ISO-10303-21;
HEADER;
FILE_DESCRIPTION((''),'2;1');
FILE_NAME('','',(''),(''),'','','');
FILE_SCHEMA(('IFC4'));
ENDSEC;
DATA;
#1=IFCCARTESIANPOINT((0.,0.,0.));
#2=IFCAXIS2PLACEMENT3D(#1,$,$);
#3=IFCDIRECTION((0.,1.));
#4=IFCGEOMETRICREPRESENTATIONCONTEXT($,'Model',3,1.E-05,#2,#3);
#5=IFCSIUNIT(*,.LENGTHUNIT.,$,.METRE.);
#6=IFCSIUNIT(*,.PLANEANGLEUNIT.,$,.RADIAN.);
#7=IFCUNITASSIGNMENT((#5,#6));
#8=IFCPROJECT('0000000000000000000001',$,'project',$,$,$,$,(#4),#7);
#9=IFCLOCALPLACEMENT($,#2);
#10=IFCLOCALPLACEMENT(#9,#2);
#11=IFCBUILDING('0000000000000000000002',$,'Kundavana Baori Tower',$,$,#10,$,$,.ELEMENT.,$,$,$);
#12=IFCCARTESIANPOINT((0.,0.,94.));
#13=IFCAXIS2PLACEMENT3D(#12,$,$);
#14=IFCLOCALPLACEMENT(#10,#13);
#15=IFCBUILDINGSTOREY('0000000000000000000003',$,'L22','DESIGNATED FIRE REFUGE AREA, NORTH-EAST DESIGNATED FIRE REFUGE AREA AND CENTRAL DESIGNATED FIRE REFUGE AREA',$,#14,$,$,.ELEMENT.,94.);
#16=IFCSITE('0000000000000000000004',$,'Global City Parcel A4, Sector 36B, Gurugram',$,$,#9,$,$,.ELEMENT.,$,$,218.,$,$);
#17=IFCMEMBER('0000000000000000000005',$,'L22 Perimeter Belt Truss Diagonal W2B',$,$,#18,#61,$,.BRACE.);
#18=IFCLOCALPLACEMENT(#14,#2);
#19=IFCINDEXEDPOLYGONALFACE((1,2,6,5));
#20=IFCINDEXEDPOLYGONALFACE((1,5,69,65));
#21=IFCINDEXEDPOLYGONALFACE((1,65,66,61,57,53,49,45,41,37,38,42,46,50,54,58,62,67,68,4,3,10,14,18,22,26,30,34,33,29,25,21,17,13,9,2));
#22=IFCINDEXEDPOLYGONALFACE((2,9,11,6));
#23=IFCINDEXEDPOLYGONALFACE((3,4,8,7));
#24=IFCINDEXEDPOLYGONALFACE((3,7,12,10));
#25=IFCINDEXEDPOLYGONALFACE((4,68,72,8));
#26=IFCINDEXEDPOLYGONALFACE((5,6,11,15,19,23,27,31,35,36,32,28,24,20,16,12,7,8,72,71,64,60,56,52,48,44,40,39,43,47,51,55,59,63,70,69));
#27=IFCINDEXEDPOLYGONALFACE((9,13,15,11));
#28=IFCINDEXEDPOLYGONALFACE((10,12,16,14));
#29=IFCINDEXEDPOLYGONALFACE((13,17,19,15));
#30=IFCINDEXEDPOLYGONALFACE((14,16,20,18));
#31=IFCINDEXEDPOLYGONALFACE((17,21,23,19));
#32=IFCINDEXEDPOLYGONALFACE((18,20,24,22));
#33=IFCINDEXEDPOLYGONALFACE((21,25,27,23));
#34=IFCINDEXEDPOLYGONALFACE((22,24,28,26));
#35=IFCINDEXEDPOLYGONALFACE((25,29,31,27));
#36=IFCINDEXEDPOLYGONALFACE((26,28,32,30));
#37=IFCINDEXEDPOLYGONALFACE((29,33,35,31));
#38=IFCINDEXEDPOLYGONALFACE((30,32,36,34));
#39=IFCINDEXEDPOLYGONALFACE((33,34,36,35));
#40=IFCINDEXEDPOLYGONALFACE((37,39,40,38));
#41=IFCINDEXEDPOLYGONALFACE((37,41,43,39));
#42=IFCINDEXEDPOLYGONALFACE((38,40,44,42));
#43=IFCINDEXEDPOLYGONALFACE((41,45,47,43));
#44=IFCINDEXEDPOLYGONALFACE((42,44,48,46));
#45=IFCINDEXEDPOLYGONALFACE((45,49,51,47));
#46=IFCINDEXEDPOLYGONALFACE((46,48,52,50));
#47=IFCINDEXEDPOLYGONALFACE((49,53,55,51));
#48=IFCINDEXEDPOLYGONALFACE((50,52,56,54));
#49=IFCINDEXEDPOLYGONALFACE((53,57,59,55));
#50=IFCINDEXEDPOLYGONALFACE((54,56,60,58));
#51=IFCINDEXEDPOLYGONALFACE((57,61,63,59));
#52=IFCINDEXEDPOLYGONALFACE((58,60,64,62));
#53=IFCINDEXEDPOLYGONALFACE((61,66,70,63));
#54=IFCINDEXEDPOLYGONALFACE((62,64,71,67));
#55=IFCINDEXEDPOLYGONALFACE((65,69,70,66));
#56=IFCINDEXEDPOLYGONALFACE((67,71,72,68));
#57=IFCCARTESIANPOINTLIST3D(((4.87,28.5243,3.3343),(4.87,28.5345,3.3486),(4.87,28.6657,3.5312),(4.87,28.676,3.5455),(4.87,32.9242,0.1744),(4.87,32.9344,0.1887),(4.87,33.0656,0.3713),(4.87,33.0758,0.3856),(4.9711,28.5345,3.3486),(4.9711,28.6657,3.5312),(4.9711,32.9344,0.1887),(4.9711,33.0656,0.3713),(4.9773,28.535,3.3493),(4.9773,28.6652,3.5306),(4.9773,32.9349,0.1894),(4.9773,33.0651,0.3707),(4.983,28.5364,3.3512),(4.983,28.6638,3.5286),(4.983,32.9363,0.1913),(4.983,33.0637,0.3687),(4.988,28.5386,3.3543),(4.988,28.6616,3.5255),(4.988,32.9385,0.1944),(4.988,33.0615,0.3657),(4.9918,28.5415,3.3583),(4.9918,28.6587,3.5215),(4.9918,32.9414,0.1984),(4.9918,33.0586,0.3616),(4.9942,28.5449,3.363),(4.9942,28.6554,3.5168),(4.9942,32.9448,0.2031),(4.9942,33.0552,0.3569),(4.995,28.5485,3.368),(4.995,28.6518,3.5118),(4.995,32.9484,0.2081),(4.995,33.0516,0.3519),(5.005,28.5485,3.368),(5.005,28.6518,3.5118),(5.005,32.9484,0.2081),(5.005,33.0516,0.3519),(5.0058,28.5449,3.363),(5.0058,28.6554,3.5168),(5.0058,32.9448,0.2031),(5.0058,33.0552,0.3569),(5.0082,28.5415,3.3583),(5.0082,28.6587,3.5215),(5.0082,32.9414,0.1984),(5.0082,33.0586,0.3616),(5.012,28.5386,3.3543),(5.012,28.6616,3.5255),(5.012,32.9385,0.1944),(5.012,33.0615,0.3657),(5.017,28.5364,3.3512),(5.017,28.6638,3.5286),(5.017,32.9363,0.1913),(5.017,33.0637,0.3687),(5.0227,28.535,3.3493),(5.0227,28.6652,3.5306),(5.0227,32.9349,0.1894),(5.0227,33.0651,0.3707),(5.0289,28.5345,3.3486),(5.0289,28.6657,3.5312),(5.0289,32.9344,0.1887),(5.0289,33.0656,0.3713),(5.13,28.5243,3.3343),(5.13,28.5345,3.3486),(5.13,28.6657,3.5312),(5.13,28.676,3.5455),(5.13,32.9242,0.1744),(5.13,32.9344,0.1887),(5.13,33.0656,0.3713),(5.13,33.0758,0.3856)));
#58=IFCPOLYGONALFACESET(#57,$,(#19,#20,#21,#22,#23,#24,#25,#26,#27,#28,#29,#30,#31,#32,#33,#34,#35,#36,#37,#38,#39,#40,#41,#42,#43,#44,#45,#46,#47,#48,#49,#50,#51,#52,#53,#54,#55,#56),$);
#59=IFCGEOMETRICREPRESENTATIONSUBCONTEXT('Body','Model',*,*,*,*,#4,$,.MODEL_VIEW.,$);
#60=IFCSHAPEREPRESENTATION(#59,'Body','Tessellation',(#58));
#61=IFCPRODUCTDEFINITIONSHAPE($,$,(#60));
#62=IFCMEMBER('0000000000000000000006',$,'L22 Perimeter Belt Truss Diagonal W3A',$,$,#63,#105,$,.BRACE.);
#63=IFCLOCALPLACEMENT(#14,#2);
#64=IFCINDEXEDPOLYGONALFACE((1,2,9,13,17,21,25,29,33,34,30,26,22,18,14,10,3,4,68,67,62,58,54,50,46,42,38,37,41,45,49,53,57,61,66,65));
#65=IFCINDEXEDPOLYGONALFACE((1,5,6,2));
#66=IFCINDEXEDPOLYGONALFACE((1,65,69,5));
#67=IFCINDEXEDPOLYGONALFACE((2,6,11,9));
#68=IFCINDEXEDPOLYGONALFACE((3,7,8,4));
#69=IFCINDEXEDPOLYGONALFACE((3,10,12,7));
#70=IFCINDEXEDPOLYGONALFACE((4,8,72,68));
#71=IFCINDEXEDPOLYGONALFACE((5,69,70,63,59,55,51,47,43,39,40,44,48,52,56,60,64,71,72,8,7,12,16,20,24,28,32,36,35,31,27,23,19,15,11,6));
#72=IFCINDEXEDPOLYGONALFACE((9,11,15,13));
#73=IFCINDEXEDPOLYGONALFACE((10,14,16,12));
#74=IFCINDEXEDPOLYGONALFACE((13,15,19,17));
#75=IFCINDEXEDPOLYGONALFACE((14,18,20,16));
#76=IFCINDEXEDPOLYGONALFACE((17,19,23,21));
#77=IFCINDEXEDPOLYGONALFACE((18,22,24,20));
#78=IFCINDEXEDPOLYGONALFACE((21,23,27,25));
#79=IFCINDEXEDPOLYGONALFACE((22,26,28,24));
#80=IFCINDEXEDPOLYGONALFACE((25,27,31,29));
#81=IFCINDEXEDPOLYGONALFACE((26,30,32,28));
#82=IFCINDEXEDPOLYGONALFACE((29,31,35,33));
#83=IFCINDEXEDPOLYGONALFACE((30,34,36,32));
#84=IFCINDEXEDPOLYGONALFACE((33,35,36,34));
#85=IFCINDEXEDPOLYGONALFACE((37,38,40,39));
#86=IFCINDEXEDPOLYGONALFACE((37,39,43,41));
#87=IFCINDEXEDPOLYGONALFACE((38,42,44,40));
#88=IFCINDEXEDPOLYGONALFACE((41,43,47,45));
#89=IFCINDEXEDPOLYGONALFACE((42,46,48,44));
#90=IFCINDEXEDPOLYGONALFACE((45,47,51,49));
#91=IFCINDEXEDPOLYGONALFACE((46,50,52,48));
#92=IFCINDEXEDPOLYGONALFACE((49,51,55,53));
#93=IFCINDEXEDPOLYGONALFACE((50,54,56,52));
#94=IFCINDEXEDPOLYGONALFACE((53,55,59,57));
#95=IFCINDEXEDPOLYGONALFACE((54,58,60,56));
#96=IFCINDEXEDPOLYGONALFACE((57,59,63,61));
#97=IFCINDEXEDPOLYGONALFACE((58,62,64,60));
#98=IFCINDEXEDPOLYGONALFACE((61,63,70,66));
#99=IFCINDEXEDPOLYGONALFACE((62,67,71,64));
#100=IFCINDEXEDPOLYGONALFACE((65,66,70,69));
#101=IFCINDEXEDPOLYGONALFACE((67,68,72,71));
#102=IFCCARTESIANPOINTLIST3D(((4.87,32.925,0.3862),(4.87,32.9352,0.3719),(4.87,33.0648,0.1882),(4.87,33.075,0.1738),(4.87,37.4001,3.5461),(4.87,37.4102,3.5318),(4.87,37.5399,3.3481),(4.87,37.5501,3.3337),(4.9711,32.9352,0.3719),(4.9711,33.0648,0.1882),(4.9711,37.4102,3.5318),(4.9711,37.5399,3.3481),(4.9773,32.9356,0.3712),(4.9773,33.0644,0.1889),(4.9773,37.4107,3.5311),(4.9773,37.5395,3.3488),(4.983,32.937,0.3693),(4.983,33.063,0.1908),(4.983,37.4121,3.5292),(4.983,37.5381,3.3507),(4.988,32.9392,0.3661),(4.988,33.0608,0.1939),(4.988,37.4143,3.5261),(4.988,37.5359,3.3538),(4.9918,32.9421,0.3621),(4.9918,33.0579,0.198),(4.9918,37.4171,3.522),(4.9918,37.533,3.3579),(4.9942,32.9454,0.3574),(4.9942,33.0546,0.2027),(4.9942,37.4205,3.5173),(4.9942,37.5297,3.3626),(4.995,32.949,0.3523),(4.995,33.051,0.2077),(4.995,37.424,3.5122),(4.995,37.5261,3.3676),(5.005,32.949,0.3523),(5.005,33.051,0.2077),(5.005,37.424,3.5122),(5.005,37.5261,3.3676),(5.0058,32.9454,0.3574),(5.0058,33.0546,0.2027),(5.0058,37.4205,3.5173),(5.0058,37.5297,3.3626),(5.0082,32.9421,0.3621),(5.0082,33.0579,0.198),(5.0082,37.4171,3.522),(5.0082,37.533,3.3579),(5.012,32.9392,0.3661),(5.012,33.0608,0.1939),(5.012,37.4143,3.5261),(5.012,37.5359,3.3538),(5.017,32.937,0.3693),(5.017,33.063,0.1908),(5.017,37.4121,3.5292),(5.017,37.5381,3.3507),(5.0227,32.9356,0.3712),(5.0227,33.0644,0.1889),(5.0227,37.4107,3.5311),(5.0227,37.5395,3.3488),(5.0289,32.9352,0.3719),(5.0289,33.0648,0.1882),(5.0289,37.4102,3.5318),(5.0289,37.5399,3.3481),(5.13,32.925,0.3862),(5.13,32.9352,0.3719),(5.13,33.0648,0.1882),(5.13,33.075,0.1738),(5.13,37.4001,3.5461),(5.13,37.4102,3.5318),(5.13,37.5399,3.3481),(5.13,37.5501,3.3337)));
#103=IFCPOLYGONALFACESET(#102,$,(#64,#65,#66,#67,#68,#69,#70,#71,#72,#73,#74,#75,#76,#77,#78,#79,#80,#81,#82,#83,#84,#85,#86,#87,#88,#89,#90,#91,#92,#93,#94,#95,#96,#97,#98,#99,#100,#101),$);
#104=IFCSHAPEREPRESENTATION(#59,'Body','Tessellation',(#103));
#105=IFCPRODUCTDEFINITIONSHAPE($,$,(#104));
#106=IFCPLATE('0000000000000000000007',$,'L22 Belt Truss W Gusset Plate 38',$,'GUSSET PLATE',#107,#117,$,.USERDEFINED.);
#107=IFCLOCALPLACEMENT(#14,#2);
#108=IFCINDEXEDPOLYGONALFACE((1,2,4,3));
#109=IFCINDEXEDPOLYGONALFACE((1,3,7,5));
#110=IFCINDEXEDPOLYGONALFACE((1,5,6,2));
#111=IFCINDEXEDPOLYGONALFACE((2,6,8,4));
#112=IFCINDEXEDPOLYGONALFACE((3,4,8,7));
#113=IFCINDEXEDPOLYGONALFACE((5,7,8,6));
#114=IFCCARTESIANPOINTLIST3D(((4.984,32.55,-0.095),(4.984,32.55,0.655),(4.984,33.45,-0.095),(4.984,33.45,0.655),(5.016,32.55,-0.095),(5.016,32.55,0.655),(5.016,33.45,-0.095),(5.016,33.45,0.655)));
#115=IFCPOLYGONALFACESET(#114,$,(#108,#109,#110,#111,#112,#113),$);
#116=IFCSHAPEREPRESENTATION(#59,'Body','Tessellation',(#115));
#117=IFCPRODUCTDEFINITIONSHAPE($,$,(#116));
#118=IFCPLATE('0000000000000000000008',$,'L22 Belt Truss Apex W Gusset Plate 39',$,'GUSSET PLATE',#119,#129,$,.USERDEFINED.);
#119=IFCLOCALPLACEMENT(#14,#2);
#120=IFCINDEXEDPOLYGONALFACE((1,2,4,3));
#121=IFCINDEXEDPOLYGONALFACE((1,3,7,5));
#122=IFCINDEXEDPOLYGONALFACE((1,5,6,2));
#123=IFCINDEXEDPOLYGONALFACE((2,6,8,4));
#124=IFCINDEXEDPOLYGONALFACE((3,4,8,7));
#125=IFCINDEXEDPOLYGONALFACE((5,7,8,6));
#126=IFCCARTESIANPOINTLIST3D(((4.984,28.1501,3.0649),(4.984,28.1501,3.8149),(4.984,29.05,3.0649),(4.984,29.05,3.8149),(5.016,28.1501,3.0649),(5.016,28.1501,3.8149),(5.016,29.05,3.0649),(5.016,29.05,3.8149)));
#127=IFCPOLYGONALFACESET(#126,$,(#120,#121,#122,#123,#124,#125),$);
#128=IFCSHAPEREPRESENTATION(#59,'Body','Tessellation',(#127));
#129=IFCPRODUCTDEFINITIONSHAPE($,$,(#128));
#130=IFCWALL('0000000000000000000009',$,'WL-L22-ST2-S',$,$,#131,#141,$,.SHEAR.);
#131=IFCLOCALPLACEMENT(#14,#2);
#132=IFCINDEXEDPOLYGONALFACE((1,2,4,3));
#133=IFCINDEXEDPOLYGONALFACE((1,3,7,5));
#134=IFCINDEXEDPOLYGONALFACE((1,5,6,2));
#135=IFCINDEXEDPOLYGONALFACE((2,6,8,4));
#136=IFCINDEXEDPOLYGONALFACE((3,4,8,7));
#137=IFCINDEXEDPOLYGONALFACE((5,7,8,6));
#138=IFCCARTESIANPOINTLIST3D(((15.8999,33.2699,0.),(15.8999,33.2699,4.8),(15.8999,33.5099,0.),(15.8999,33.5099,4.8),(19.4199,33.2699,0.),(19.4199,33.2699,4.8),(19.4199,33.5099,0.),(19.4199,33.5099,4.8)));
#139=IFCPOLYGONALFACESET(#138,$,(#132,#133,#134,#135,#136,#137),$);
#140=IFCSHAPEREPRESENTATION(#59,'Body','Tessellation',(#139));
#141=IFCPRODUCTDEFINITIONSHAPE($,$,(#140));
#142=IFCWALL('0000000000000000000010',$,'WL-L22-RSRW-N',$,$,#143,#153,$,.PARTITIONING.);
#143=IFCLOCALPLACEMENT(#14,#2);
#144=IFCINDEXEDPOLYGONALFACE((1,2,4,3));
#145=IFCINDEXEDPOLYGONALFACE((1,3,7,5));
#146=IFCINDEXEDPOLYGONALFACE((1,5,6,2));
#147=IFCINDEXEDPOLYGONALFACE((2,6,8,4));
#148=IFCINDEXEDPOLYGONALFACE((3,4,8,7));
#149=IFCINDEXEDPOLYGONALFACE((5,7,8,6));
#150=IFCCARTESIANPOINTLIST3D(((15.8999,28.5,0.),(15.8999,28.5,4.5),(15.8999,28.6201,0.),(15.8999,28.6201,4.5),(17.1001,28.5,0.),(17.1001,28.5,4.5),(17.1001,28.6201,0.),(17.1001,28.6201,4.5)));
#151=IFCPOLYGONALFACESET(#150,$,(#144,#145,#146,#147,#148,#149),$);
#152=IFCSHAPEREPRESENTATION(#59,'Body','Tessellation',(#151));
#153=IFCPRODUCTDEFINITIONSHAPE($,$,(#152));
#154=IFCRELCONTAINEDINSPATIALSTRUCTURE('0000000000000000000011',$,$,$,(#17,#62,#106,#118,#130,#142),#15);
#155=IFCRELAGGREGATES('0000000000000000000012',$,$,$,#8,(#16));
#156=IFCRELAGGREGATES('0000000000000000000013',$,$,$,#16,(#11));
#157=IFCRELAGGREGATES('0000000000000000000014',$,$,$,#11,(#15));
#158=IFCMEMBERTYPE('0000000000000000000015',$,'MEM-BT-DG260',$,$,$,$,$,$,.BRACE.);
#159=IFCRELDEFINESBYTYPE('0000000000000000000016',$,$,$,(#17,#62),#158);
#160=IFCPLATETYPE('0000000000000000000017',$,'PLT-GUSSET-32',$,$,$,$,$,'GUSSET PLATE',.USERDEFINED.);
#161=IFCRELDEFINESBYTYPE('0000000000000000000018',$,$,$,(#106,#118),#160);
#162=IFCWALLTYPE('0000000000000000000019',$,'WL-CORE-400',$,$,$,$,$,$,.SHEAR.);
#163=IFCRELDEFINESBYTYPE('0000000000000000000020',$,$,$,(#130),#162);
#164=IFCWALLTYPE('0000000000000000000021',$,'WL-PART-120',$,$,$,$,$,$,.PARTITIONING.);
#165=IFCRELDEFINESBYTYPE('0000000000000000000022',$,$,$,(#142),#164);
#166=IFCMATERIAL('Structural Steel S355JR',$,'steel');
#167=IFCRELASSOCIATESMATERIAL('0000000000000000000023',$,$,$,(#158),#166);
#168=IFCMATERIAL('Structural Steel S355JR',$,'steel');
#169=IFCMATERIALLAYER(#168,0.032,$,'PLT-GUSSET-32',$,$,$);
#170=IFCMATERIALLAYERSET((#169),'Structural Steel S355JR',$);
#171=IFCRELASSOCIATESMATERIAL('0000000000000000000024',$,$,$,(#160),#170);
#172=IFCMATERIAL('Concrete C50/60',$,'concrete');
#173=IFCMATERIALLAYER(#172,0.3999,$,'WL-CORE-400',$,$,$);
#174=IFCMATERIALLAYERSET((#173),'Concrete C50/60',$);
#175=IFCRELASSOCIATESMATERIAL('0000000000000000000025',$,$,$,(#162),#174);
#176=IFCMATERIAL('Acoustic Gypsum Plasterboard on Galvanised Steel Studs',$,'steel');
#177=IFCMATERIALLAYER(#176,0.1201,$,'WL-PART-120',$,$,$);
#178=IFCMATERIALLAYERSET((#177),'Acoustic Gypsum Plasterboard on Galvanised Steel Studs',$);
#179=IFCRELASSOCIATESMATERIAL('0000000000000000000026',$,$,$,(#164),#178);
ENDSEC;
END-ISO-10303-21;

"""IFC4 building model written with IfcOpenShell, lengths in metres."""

from ifc_helpers import new_model, si_unit, direction, frame, frame_2d, origin, origin_2d, place, context, subcontext, project, spatial, rectangle, i_section, extrude, material, layer, layer_set, material_profile, profile_set, type_object, element, save


model = new_model("IFC4")

# Units and contexts
model_context = context("Model", 3, precision=1e-05, world=origin(), true_north=direction((0.0, 1.0)))
body_context = subcontext(model_context, "Body", "Model", "MODEL_VIEW")
ifc_project = project(units=[si_unit("LENGTHUNIT", "METRE"), si_unit("PLANEANGLEUNIT", "RADIAN")], contexts=[model_context])

# Site, building, storey
site_placement = place(None, origin())
site = spatial("IfcSite", under=ifc_project, at=site_placement, Name="Global City Parcel A4, Sector 36B, Gurugram", CompositionType="ELEMENT", RefElevation=218.0)
building_placement = place(site_placement, origin())
building = spatial("IfcBuilding", under=site, at=building_placement, Name="Kundavana Baori Tower", CompositionType="ELEMENT")
storey_placement = place(building_placement, frame((0.0, 0.0, 94.0)))
storey = spatial("IfcBuildingStorey", under=building, at=storey_placement, Name="L22", Description="DESIGNATED FIRE REFUGE AREA, NORTH-EAST DESIGNATED FIRE REFUGE AREA AND CENTRAL DESIGNATED FIRE REFUGE AREA", CompositionType="ELEMENT", Elevation=94.0)

# Members
ifc_material_1 = material(Name="Structural Steel S355JR", Category="steel")
ifc_material_profile_1 = material_profile(ifc_material_1, i_section(OverallWidth=0.26, OverallDepth=0.26, WebThickness=0.01, FlangeThickness=0.0176, FilletRadius=0.0239, at=origin_2d()), Name="WPB 260x260x93")
ifc_profile_set_1 = profile_set([ifc_material_profile_1], Name="Structural Steel S355JR")
member_type_1 = type_object("IfcMemberType", Name="MEM-BT-DG260", PredefinedType="BRACE", material=ifc_profile_set_1)
member_1_placement = place(storey_placement, frame((5.0, 33.0, 0.28), z_axis=(0.0, -0.812236, 0.58333), x_axis=(1.0, 0.0, 0.0)))
element("IfcMember", 1, at=member_1_placement, inside=storey, type_object=member_type_1, Name="L22 Perimeter Belt Truss Diagonal W2B", PredefinedType="BRACE", context=body_context, shape_type="SweptSolid", body=[
    extrude(i_section(OverallWidth=0.26, OverallDepth=0.26, WebThickness=0.01, FlangeThickness=0.0176, FilletRadius=0.0239, at=origin_2d()), origin(), (0.0, 0.0, 1.0), 5.417),
])
member_2_placement = place(storey_placement, frame((5.0, 33.0, 0.28), z_axis=(0.0, 0.81688, 0.576807), x_axis=(-1.0, 0.0, 0.0)))
element("IfcMember", 2, at=member_2_placement, inside=storey, type_object=member_type_1, Name="L22 Perimeter Belt Truss Diagonal W3A", PredefinedType="BRACE", context=body_context, shape_type="SweptSolid", body=[
    extrude(i_section(OverallWidth=0.26, OverallDepth=0.26, WebThickness=0.01, FlangeThickness=0.0176, FilletRadius=0.0239, at=origin_2d()), origin(), (0.0, 0.0, 1.0), 5.4783),
])

# Plates
ifc_material_2 = material(Name="Structural Steel S355JR", Category="steel")
ifc_layer_1 = layer(ifc_material_2, 0.032, Name="PLT-GUSSET-32")
ifc_layer_set_1 = layer_set([ifc_layer_1], Name="Structural Steel S355JR")
plate_type = type_object("IfcPlateType", Name="PLT-GUSSET-32", ElementType="GUSSET PLATE", PredefinedType="USERDEFINED", material=ifc_layer_set_1)
for number, where, z_axis, x_axis, name in (
    (3, (5.0, 33.0, -0.095), (0.0, 0.0, 1.0), (1.0, 0.0, 0.0), "L22 Belt Truss W Gusset Plate 38"),
    (4, (5.0, 28.6001, 3.0649), (0.0, 0.0, 1.0), (1.0, 0.0, 0.0), "L22 Belt Truss Apex W Gusset Plate 39"),
):
    element("IfcPlate", number, at=place(storey_placement, frame(where, z_axis=z_axis, x_axis=x_axis)), inside=storey, type_object=plate_type, Name=name, ObjectType="GUSSET PLATE", PredefinedType="USERDEFINED", context=body_context, shape_type="SweptSolid", body=[
        extrude(rectangle(XDim=0.032, YDim=0.8999, at=origin_2d()), origin(), (0.0, 0.0, 1.0), 0.75),
    ])

# Walls
ifc_material_3 = material(Name="Concrete C50/60", Category="concrete")
ifc_layer_2 = layer(ifc_material_3, 0.3999, Name="WL-CORE-400")
ifc_layer_set_2 = layer_set([ifc_layer_2], Name="Concrete C50/60")
wall_type_1 = type_object("IfcWallType", Name="WL-CORE-400", PredefinedType="SHEAR", material=ifc_layer_set_2)
wall_1_placement = place(storey_placement, frame((15.8999, 33.3899, 0.0), z_axis=(0.0, 0.0, 1.0), x_axis=(1.0, 0.0, 0.0)))
element("IfcWall", 5, at=wall_1_placement, inside=storey, type_object=wall_type_1, Name="WL-L22-ST2-S", PredefinedType="SHEAR", context=body_context, shape_type="SweptSolid", body=[
    extrude(rectangle(XDim=3.52, YDim=0.24, at=frame_2d((1.76, 0.0))), origin(), (0.0, 0.0, 1.0), 4.8),
])
ifc_material_4 = material(Name="Acoustic Gypsum Plasterboard on Galvanised Steel Studs", Category="steel")
ifc_layer_3 = layer(ifc_material_4, 0.1201, Name="WL-PART-120")
ifc_layer_set_3 = layer_set([ifc_layer_3], Name="Acoustic Gypsum Plasterboard on Galvanised Steel Studs")
wall_type_2 = type_object("IfcWallType", Name="WL-PART-120", PredefinedType="PARTITIONING", material=ifc_layer_set_3)
wall_2_placement = place(storey_placement, frame((15.8999, 28.5601, 0.0), z_axis=(0.0, 0.0, 1.0), x_axis=(1.0, 0.0, 0.0)))
element("IfcWall", 6, at=wall_2_placement, inside=storey, type_object=wall_type_2, Name="WL-L22-RSRW-N", PredefinedType="PARTITIONING", context=body_context, shape_type="SweptSolid", body=[
    extrude(rectangle(XDim=1.2002, YDim=0.1201, at=frame_2d((0.6001, 0.0))), origin(), (0.0, 0.0, 1.0), 4.5),
])

save(model, "model.ifc")
